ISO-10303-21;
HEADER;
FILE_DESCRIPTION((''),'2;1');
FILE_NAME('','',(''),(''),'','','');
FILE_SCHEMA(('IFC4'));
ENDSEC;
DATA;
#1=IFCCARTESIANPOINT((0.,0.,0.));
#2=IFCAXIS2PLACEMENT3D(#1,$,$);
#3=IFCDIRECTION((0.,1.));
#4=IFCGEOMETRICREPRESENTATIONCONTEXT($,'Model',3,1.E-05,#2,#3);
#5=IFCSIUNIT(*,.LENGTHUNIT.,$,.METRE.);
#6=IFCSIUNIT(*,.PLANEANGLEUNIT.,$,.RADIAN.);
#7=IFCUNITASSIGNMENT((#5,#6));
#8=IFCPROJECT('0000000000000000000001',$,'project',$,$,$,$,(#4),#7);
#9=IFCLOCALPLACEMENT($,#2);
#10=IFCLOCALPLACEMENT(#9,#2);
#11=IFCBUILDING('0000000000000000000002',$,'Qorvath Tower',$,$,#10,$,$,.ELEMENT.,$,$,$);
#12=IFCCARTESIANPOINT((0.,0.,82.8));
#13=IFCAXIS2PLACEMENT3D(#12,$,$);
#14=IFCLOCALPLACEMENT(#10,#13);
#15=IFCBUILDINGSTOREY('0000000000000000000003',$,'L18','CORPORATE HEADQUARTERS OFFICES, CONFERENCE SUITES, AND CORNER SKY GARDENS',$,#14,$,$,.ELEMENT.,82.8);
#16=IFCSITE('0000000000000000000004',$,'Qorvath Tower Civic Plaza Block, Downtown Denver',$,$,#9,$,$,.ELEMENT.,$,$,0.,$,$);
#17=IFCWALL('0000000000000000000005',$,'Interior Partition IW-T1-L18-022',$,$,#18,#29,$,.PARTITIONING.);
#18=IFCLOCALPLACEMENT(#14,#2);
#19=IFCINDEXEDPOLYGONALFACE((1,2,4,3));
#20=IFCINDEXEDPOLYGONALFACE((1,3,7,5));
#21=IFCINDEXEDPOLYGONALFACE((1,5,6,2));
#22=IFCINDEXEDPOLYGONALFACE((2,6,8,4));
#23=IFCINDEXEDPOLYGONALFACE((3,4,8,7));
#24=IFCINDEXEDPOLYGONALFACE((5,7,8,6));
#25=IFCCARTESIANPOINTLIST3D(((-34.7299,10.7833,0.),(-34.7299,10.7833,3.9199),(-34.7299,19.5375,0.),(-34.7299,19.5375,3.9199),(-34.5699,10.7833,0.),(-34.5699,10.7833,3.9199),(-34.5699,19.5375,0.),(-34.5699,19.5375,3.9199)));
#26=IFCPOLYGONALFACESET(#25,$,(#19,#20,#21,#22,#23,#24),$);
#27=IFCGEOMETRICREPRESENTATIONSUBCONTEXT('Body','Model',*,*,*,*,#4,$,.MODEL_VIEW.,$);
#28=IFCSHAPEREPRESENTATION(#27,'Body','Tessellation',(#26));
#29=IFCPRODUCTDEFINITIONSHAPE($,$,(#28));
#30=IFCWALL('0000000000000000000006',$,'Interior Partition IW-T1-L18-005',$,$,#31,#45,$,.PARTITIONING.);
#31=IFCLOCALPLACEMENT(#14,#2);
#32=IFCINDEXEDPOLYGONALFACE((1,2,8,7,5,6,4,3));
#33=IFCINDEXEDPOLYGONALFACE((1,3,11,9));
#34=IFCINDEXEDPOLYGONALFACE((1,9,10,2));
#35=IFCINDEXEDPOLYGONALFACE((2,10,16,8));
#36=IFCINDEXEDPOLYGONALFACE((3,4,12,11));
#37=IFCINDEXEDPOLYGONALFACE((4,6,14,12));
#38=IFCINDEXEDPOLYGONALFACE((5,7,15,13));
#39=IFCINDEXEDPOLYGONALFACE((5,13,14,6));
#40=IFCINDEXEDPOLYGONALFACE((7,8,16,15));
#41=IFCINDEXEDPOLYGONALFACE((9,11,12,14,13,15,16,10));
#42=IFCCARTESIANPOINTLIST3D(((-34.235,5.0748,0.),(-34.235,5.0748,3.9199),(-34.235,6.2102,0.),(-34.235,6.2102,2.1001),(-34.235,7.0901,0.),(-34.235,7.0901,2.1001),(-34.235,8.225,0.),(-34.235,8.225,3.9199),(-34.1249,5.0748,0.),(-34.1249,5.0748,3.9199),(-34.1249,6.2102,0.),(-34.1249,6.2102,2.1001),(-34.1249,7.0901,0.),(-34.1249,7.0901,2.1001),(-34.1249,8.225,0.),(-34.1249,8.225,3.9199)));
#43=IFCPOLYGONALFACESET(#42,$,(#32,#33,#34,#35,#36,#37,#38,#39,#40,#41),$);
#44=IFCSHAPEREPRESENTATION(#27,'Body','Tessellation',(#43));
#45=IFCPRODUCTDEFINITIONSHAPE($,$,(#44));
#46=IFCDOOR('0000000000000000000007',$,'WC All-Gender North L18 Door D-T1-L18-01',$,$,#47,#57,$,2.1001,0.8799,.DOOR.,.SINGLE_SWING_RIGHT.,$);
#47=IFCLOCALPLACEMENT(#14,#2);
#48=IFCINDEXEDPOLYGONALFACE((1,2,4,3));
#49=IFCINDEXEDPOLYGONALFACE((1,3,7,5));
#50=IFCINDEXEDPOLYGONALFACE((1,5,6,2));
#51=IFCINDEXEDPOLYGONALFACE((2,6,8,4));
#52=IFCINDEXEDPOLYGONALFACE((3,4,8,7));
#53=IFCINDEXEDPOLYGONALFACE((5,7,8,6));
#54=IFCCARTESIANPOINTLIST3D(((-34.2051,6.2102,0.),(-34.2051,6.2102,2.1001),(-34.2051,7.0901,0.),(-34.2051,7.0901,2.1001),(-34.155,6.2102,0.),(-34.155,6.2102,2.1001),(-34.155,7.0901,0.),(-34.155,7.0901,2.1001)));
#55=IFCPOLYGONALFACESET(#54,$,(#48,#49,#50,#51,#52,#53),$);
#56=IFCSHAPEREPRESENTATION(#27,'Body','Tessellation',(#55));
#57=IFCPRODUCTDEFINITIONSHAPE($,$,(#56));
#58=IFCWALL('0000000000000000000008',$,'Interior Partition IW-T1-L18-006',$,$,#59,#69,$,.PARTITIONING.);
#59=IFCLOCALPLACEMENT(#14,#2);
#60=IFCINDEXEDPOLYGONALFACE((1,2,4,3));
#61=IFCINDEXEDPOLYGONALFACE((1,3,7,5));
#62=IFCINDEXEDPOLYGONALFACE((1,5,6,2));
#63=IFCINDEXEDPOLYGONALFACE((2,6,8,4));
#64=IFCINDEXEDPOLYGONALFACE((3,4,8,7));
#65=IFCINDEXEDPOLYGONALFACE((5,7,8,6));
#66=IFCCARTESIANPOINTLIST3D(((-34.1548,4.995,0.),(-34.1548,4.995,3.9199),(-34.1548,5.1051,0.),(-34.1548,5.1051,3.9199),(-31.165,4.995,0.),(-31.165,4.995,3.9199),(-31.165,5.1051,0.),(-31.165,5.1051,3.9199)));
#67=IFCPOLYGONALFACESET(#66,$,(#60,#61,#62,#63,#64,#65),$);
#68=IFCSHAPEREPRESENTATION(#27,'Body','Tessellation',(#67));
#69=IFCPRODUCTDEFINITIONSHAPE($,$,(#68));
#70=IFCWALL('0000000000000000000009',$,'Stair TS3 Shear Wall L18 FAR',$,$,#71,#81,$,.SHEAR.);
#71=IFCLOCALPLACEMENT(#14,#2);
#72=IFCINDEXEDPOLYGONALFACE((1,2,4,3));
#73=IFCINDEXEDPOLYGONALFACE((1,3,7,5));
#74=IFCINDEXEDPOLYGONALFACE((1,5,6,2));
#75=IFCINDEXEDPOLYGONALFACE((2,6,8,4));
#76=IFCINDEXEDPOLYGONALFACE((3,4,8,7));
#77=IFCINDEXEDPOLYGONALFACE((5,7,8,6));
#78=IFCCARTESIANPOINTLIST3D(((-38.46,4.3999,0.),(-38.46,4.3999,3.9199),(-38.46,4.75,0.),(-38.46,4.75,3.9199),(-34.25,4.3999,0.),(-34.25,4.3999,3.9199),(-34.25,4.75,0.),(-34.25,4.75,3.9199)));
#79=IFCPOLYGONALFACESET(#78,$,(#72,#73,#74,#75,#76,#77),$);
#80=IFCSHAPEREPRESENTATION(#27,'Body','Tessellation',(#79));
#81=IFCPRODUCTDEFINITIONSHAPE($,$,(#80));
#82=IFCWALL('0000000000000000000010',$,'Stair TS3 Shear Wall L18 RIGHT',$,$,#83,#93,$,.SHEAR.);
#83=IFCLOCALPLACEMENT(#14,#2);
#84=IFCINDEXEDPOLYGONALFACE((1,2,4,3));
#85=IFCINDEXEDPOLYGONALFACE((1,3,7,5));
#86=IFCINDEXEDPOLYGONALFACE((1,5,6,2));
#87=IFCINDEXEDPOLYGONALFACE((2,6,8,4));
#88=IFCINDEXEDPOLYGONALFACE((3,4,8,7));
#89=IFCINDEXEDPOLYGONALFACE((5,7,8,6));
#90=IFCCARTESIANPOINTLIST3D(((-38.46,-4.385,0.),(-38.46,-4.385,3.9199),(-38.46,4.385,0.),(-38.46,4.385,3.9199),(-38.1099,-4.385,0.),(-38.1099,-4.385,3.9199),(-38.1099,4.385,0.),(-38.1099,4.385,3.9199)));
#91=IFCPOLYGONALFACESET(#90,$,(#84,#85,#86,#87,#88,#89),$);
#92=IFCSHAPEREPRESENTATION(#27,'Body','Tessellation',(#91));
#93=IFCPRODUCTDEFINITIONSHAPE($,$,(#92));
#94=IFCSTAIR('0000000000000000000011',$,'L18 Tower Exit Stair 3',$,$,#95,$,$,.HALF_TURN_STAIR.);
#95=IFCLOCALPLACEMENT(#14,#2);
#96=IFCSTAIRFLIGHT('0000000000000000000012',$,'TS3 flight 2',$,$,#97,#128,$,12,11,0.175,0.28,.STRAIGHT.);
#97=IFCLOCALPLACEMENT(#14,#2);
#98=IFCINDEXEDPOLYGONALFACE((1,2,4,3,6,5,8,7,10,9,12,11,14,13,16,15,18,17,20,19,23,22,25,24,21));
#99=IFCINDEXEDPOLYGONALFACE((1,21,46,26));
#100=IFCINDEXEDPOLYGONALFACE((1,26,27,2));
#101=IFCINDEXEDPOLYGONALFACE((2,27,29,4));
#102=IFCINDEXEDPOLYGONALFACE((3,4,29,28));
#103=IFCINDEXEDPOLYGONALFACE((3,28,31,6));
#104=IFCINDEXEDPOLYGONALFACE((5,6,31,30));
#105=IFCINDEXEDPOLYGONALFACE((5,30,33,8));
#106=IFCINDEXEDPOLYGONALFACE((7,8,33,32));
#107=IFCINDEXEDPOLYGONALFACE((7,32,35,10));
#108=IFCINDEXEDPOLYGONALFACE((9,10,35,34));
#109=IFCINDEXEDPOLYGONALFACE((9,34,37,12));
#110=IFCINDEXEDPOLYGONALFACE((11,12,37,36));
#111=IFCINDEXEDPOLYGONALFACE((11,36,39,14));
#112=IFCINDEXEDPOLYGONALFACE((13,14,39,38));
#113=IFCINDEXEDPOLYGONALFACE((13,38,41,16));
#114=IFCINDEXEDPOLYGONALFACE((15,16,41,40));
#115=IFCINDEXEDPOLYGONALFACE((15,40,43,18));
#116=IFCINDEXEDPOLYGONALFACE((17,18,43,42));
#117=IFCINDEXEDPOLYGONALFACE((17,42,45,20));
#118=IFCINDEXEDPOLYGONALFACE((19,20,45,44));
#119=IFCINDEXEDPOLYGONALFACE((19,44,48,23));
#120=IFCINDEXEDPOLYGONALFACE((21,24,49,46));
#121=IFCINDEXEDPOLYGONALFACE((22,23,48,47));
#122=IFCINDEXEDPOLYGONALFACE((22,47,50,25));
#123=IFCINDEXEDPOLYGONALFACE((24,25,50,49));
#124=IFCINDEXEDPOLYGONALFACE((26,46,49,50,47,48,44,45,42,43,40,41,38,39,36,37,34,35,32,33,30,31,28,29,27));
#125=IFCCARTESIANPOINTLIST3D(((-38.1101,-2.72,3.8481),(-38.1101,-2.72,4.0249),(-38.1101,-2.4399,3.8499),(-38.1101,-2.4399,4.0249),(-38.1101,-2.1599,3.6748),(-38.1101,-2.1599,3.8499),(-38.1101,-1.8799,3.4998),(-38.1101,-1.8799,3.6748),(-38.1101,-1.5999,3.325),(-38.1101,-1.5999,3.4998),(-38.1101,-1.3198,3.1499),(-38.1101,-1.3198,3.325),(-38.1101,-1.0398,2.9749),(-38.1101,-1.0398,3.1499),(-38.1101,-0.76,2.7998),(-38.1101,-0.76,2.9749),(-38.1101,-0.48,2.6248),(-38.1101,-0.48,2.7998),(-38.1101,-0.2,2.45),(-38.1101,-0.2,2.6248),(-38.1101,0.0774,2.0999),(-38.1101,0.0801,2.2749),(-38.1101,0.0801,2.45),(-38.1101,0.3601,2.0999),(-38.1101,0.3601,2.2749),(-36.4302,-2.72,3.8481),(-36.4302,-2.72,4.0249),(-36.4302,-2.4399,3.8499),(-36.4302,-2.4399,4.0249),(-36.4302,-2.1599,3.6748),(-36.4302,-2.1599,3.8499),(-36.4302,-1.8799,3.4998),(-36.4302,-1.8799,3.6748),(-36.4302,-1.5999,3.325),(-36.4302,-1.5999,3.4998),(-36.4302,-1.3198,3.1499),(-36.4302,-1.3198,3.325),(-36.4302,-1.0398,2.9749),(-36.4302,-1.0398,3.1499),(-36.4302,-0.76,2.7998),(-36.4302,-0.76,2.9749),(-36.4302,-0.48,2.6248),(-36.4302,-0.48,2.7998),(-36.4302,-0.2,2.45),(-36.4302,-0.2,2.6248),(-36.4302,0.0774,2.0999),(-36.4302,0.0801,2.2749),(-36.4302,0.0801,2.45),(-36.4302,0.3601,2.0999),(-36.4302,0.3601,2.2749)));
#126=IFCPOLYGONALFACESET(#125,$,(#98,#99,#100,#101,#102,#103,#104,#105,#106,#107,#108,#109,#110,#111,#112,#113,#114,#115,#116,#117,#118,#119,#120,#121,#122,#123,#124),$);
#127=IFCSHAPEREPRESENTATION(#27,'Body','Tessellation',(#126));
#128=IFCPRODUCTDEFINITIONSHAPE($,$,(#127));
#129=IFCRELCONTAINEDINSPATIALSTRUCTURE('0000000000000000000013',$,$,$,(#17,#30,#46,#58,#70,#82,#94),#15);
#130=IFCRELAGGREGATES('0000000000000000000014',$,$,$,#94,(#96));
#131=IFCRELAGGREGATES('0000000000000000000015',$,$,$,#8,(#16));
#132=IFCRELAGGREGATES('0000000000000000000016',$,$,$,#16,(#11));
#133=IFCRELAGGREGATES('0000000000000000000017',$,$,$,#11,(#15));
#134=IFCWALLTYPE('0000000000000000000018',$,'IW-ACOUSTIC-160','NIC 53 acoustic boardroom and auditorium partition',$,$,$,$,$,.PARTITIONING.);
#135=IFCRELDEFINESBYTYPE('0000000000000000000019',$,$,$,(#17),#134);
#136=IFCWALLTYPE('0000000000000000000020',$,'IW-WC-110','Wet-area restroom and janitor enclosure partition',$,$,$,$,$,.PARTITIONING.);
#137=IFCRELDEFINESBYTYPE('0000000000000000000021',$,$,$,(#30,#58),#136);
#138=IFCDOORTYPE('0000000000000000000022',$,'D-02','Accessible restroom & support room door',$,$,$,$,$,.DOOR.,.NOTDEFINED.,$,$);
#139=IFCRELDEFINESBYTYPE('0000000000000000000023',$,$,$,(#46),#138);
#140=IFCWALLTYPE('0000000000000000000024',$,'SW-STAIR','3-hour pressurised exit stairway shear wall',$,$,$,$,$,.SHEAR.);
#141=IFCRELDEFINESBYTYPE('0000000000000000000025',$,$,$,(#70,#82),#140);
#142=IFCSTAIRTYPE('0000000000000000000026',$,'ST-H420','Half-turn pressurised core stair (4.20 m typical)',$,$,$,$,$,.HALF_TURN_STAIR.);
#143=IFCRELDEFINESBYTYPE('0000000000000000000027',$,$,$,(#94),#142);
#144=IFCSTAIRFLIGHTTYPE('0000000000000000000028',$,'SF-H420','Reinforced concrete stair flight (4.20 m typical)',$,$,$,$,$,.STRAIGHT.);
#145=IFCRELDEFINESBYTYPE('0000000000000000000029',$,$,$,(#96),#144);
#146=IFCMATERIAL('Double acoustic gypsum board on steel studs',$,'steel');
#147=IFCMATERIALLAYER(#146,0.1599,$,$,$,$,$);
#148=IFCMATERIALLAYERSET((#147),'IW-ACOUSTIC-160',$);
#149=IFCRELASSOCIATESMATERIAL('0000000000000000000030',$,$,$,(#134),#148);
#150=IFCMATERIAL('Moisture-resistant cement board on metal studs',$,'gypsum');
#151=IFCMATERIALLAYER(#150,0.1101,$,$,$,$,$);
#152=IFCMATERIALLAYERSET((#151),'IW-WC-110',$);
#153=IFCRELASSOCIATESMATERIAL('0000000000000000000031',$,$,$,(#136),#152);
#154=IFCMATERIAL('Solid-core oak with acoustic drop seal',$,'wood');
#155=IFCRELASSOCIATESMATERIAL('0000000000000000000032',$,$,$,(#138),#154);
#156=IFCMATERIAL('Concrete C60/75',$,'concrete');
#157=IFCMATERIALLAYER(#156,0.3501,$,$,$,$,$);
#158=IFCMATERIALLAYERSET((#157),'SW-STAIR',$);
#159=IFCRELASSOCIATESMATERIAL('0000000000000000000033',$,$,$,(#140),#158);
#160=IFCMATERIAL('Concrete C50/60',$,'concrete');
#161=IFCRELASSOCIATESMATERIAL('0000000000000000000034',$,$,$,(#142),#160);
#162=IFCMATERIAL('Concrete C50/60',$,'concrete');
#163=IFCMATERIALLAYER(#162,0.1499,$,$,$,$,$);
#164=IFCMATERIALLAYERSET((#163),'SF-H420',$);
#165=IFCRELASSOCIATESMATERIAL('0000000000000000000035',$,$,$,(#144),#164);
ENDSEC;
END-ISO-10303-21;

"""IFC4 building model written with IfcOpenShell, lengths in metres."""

from ifc_helpers import new_model, si_unit, direction, frame, frame_2d, origin, place, context, subcontext, project, spatial, polyline, rectangle, outline, extrude, material, layer, layer_set, type_object, element, fill, aggregate, save


model = new_model("IFC4")

# Units and contexts
model_context = context("Model", 3, precision=1e-05, world=origin(), true_north=direction((0.0, 1.0)))
body_context = subcontext(model_context, "Body", "Model", "MODEL_VIEW")
ifc_project = project(units=[si_unit("LENGTHUNIT", "METRE"), si_unit("PLANEANGLEUNIT", "RADIAN")], contexts=[model_context])

# Site, building, storey
site_placement = place(None, origin())
site = spatial("IfcSite", under=ifc_project, at=site_placement, Name="Qorvath Tower Civic Plaza Block, Downtown Denver", CompositionType="ELEMENT", RefElevation=0.0)
building_placement = place(site_placement, origin())
building = spatial("IfcBuilding", under=site, at=building_placement, Name="Qorvath Tower", CompositionType="ELEMENT")
storey_placement = place(building_placement, frame((0.0, 0.0, 82.8)))
storey = spatial("IfcBuildingStorey", under=building, at=storey_placement, Name="L18", Description="CORPORATE HEADQUARTERS OFFICES, CONFERENCE SUITES, AND CORNER SKY GARDENS", CompositionType="ELEMENT", Elevation=82.8)

# Shared definitions
ifc_material_1 = material(Name="Double acoustic gypsum board on steel studs", Category="steel")
ifc_layer_1 = layer(ifc_material_1, 0.1599)
ifc_layer_set_1 = layer_set([ifc_layer_1], Name="IW-ACOUSTIC-160")
wall_type_1 = type_object("IfcWallType", Name="IW-ACOUSTIC-160", Description="NIC 53 acoustic boardroom and auditorium partition", PredefinedType="PARTITIONING", material=ifc_layer_set_1)

# Wall
wall_1_placement = place(storey_placement, frame((-34.6499, 19.5374, 0.0), z_axis=(0.0, 0.0, 1.0), x_axis=(0.0, -1.0, 0.0)))
element("IfcWall", 1, at=wall_1_placement, inside=storey, type_object=wall_type_1, Name="Interior Partition IW-T1-L18-022", PredefinedType="PARTITIONING", context=body_context, shape_type="SweptSolid", body=[
    extrude(rectangle(XDim=8.7542, YDim=0.1599, at=frame_2d((4.377, 0.0))), origin(), (0.0, 0.0, 1.0), 3.9199),
])

# Wall, opening, door
ifc_material_2 = material(Name="Moisture-resistant cement board on metal studs", Category="gypsum")
ifc_layer_2 = layer(ifc_material_2, 0.1101)
ifc_layer_set_2 = layer_set([ifc_layer_2], Name="IW-WC-110")
wall_type_2 = type_object("IfcWallType", Name="IW-WC-110", Description="Wet-area restroom and janitor enclosure partition", PredefinedType="PARTITIONING", material=ifc_layer_set_2)
wall_2_placement = place(storey_placement, frame((-34.1799, 8.2251, 0.0), z_axis=(0.0, 0.0, 1.0), x_axis=(0.0, -1.0, 0.0)))
wall_2 = element("IfcWall", 2, at=wall_2_placement, inside=storey, type_object=wall_type_2, Name="Interior Partition IW-T1-L18-005", PredefinedType="PARTITIONING", context=body_context, shape_type="SweptSolid", body=[
    extrude(rectangle(XDim=3.1501, YDim=0.1101, at=frame_2d((1.5752, 0.0))), origin(), (0.0, 0.0, 1.0), 3.9199),
])
opening_1_placement = place(wall_2_placement, frame((1.135, 0.0, 0.0)))
opening_1 = element("IfcOpeningElement", 3, at=opening_1_placement, cuts=wall_2, PredefinedType="OPENING", context=body_context, shape_type="SweptSolid", body=[
    extrude(rectangle(XDim=0.8799, YDim=2.1001, at=frame_2d((0.4399, 1.05))), frame((0.0, 0.0649, 0.0), z_axis=(0.0, -1.0, 0.0), x_axis=(1.0, 0.0, 0.0)), (0.0, 0.0, 1.0), 0.1301),
])
ifc_material_3 = material(Name="Solid-core oak with acoustic drop seal", Category="wood")
door_type_1 = type_object("IfcDoorType", Name="D-02", Description="Accessible restroom & support room door", OperationType="NOTDEFINED", PredefinedType="DOOR", material=ifc_material_3)
door_1_placement = place(opening_1_placement, origin())
door_1 = element("IfcDoor", 4, at=door_1_placement, inside=storey, type_object=door_type_1, Name="WC All-Gender North L18 Door D-T1-L18-01", OperationType="SINGLE_SWING_RIGHT", OverallHeight=2.1001, OverallWidth=0.8799, PredefinedType="DOOR", context=body_context, shape_type="SweptSolid", body=[
    extrude(rectangle(XDim=0.8799, YDim=2.1001, at=frame_2d((0.4399, 1.05))), frame((0.0, 0.0249, 0.0), z_axis=(0.0, -1.0, 0.0), x_axis=(1.0, 0.0, 0.0)), (0.0, 0.0, 1.0), 0.05),
])
fill(opening_1, door_1)

# Walls
wall_3_placement = place(storey_placement, frame((-34.1548, 5.05, 0.0), z_axis=(0.0, 0.0, 1.0), x_axis=(1.0, 0.0, 0.0)))
element("IfcWall", 5, at=wall_3_placement, inside=storey, type_object=wall_type_2, Name="Interior Partition IW-T1-L18-006", PredefinedType="PARTITIONING", context=body_context, shape_type="SweptSolid", body=[
    extrude(rectangle(XDim=2.9897, YDim=0.1101, at=frame_2d((1.4949, 0.0))), origin(), (0.0, 0.0, 1.0), 3.9199),
])
ifc_material_4 = material(Name="Concrete C60/75", Category="concrete")
ifc_layer_3 = layer(ifc_material_4, 0.3501)
ifc_layer_set_3 = layer_set([ifc_layer_3], Name="SW-STAIR")
wall_type_3 = type_object("IfcWallType", Name="SW-STAIR", Description="3-hour pressurised exit stairway shear wall", PredefinedType="SHEAR", material=ifc_layer_set_3)
wall_4_placement = place(storey_placement, frame((-34.25, 4.575, 0.0), z_axis=(0.0, 0.0, 1.0), x_axis=(-1.0, 0.0, 0.0)))
element("IfcWall", 6, at=wall_4_placement, inside=storey, type_object=wall_type_3, Name="Stair TS3 Shear Wall L18 FAR", PredefinedType="SHEAR", context=body_context, shape_type="SweptSolid", body=[
    extrude(rectangle(XDim=4.21, YDim=0.3501, at=frame_2d((2.105, 0.0))), origin(), (0.0, 0.0, 1.0), 3.9199),
])
wall_5_placement = place(storey_placement, frame((-38.2849, 4.385, 0.0), z_axis=(0.0, 0.0, 1.0), x_axis=(0.0, -1.0, 0.0)))
element("IfcWall", 7, at=wall_5_placement, inside=storey, type_object=wall_type_3, Name="Stair TS3 Shear Wall L18 RIGHT", PredefinedType="SHEAR", context=body_context, shape_type="SweptSolid", body=[
    extrude(rectangle(XDim=8.77, YDim=0.3501, at=frame_2d((4.385, 0.0))), origin(), (0.0, 0.0, 1.0), 3.9199),
])

# Stair, stair flight
ifc_material_5 = material(Name="Concrete C50/60", Category="concrete")
stair_type = type_object("IfcStairType", Name="ST-H420", Description="Half-turn pressurised core stair (4.20 m typical)", PredefinedType="HALF_TURN_STAIR", material=ifc_material_5)
stair_placement = place(storey_placement, origin())
stair = element("IfcStair", 8, at=stair_placement, inside=storey, type_object=stair_type, Name="L18 Tower Exit Stair 3", PredefinedType="HALF_TURN_STAIR")
ifc_material_6 = material(Name="Concrete C50/60", Category="concrete")
ifc_layer_4 = layer(ifc_material_6, 0.1499)
ifc_layer_set_4 = layer_set([ifc_layer_4], Name="SF-H420")
stair_flight_type = type_object("IfcStairFlightType", Name="SF-H420", Description="Reinforced concrete stair flight (4.20 m typical)", PredefinedType="STRAIGHT", material=ifc_layer_set_4)
stair_flight_placement = place(storey_placement, frame((-37.27, 0.3601, 2.0999), z_axis=(0.0, 0.0, 1.0), x_axis=(0.0, -1.0, 0.0)))
stair_flight = element("IfcStairFlight", 9, at=stair_flight_placement, type_object=stair_flight_type, Name="TS3 flight 2", NumberOfRisers=12, NumberOfTreads=11, PredefinedType="STRAIGHT", RiserHeight=0.175, TreadLength=0.28, context=body_context, shape_type="SweptSolid", body=[
    extrude(outline(polyline([(0.0, 0.0), (0.0, 0.175), (0.28, 0.175), (0.28, 0.3501), (0.5601, 0.3501), (0.5601, 0.5249), (0.8401, 0.5249), (0.8401, 0.7), (1.1201, 0.7), (1.1201, 0.875), (1.3999, 0.875), (1.3999, 1.05), (1.6799, 1.05), (1.6799, 1.2251), (1.96, 1.2251), (1.96, 1.3999), (2.24, 1.3999), (2.24, 1.575), (2.52, 1.575), (2.52, 1.75), (2.8, 1.75), (2.8, 1.925), (3.0801, 1.925), (3.0801, 2.1001), (3.0801, 1.7483), (0.2827, 0.0), (0.0, 0.0)])), frame((0.0, 0.8398, 0.0), z_axis=(0.0, -1.0, 0.0), x_axis=(1.0, 0.0, 0.0)), (0.0, 0.0, 1.0), 1.6799),
])
aggregate(stair, [stair_flight])

save(model, "model.ifc")
